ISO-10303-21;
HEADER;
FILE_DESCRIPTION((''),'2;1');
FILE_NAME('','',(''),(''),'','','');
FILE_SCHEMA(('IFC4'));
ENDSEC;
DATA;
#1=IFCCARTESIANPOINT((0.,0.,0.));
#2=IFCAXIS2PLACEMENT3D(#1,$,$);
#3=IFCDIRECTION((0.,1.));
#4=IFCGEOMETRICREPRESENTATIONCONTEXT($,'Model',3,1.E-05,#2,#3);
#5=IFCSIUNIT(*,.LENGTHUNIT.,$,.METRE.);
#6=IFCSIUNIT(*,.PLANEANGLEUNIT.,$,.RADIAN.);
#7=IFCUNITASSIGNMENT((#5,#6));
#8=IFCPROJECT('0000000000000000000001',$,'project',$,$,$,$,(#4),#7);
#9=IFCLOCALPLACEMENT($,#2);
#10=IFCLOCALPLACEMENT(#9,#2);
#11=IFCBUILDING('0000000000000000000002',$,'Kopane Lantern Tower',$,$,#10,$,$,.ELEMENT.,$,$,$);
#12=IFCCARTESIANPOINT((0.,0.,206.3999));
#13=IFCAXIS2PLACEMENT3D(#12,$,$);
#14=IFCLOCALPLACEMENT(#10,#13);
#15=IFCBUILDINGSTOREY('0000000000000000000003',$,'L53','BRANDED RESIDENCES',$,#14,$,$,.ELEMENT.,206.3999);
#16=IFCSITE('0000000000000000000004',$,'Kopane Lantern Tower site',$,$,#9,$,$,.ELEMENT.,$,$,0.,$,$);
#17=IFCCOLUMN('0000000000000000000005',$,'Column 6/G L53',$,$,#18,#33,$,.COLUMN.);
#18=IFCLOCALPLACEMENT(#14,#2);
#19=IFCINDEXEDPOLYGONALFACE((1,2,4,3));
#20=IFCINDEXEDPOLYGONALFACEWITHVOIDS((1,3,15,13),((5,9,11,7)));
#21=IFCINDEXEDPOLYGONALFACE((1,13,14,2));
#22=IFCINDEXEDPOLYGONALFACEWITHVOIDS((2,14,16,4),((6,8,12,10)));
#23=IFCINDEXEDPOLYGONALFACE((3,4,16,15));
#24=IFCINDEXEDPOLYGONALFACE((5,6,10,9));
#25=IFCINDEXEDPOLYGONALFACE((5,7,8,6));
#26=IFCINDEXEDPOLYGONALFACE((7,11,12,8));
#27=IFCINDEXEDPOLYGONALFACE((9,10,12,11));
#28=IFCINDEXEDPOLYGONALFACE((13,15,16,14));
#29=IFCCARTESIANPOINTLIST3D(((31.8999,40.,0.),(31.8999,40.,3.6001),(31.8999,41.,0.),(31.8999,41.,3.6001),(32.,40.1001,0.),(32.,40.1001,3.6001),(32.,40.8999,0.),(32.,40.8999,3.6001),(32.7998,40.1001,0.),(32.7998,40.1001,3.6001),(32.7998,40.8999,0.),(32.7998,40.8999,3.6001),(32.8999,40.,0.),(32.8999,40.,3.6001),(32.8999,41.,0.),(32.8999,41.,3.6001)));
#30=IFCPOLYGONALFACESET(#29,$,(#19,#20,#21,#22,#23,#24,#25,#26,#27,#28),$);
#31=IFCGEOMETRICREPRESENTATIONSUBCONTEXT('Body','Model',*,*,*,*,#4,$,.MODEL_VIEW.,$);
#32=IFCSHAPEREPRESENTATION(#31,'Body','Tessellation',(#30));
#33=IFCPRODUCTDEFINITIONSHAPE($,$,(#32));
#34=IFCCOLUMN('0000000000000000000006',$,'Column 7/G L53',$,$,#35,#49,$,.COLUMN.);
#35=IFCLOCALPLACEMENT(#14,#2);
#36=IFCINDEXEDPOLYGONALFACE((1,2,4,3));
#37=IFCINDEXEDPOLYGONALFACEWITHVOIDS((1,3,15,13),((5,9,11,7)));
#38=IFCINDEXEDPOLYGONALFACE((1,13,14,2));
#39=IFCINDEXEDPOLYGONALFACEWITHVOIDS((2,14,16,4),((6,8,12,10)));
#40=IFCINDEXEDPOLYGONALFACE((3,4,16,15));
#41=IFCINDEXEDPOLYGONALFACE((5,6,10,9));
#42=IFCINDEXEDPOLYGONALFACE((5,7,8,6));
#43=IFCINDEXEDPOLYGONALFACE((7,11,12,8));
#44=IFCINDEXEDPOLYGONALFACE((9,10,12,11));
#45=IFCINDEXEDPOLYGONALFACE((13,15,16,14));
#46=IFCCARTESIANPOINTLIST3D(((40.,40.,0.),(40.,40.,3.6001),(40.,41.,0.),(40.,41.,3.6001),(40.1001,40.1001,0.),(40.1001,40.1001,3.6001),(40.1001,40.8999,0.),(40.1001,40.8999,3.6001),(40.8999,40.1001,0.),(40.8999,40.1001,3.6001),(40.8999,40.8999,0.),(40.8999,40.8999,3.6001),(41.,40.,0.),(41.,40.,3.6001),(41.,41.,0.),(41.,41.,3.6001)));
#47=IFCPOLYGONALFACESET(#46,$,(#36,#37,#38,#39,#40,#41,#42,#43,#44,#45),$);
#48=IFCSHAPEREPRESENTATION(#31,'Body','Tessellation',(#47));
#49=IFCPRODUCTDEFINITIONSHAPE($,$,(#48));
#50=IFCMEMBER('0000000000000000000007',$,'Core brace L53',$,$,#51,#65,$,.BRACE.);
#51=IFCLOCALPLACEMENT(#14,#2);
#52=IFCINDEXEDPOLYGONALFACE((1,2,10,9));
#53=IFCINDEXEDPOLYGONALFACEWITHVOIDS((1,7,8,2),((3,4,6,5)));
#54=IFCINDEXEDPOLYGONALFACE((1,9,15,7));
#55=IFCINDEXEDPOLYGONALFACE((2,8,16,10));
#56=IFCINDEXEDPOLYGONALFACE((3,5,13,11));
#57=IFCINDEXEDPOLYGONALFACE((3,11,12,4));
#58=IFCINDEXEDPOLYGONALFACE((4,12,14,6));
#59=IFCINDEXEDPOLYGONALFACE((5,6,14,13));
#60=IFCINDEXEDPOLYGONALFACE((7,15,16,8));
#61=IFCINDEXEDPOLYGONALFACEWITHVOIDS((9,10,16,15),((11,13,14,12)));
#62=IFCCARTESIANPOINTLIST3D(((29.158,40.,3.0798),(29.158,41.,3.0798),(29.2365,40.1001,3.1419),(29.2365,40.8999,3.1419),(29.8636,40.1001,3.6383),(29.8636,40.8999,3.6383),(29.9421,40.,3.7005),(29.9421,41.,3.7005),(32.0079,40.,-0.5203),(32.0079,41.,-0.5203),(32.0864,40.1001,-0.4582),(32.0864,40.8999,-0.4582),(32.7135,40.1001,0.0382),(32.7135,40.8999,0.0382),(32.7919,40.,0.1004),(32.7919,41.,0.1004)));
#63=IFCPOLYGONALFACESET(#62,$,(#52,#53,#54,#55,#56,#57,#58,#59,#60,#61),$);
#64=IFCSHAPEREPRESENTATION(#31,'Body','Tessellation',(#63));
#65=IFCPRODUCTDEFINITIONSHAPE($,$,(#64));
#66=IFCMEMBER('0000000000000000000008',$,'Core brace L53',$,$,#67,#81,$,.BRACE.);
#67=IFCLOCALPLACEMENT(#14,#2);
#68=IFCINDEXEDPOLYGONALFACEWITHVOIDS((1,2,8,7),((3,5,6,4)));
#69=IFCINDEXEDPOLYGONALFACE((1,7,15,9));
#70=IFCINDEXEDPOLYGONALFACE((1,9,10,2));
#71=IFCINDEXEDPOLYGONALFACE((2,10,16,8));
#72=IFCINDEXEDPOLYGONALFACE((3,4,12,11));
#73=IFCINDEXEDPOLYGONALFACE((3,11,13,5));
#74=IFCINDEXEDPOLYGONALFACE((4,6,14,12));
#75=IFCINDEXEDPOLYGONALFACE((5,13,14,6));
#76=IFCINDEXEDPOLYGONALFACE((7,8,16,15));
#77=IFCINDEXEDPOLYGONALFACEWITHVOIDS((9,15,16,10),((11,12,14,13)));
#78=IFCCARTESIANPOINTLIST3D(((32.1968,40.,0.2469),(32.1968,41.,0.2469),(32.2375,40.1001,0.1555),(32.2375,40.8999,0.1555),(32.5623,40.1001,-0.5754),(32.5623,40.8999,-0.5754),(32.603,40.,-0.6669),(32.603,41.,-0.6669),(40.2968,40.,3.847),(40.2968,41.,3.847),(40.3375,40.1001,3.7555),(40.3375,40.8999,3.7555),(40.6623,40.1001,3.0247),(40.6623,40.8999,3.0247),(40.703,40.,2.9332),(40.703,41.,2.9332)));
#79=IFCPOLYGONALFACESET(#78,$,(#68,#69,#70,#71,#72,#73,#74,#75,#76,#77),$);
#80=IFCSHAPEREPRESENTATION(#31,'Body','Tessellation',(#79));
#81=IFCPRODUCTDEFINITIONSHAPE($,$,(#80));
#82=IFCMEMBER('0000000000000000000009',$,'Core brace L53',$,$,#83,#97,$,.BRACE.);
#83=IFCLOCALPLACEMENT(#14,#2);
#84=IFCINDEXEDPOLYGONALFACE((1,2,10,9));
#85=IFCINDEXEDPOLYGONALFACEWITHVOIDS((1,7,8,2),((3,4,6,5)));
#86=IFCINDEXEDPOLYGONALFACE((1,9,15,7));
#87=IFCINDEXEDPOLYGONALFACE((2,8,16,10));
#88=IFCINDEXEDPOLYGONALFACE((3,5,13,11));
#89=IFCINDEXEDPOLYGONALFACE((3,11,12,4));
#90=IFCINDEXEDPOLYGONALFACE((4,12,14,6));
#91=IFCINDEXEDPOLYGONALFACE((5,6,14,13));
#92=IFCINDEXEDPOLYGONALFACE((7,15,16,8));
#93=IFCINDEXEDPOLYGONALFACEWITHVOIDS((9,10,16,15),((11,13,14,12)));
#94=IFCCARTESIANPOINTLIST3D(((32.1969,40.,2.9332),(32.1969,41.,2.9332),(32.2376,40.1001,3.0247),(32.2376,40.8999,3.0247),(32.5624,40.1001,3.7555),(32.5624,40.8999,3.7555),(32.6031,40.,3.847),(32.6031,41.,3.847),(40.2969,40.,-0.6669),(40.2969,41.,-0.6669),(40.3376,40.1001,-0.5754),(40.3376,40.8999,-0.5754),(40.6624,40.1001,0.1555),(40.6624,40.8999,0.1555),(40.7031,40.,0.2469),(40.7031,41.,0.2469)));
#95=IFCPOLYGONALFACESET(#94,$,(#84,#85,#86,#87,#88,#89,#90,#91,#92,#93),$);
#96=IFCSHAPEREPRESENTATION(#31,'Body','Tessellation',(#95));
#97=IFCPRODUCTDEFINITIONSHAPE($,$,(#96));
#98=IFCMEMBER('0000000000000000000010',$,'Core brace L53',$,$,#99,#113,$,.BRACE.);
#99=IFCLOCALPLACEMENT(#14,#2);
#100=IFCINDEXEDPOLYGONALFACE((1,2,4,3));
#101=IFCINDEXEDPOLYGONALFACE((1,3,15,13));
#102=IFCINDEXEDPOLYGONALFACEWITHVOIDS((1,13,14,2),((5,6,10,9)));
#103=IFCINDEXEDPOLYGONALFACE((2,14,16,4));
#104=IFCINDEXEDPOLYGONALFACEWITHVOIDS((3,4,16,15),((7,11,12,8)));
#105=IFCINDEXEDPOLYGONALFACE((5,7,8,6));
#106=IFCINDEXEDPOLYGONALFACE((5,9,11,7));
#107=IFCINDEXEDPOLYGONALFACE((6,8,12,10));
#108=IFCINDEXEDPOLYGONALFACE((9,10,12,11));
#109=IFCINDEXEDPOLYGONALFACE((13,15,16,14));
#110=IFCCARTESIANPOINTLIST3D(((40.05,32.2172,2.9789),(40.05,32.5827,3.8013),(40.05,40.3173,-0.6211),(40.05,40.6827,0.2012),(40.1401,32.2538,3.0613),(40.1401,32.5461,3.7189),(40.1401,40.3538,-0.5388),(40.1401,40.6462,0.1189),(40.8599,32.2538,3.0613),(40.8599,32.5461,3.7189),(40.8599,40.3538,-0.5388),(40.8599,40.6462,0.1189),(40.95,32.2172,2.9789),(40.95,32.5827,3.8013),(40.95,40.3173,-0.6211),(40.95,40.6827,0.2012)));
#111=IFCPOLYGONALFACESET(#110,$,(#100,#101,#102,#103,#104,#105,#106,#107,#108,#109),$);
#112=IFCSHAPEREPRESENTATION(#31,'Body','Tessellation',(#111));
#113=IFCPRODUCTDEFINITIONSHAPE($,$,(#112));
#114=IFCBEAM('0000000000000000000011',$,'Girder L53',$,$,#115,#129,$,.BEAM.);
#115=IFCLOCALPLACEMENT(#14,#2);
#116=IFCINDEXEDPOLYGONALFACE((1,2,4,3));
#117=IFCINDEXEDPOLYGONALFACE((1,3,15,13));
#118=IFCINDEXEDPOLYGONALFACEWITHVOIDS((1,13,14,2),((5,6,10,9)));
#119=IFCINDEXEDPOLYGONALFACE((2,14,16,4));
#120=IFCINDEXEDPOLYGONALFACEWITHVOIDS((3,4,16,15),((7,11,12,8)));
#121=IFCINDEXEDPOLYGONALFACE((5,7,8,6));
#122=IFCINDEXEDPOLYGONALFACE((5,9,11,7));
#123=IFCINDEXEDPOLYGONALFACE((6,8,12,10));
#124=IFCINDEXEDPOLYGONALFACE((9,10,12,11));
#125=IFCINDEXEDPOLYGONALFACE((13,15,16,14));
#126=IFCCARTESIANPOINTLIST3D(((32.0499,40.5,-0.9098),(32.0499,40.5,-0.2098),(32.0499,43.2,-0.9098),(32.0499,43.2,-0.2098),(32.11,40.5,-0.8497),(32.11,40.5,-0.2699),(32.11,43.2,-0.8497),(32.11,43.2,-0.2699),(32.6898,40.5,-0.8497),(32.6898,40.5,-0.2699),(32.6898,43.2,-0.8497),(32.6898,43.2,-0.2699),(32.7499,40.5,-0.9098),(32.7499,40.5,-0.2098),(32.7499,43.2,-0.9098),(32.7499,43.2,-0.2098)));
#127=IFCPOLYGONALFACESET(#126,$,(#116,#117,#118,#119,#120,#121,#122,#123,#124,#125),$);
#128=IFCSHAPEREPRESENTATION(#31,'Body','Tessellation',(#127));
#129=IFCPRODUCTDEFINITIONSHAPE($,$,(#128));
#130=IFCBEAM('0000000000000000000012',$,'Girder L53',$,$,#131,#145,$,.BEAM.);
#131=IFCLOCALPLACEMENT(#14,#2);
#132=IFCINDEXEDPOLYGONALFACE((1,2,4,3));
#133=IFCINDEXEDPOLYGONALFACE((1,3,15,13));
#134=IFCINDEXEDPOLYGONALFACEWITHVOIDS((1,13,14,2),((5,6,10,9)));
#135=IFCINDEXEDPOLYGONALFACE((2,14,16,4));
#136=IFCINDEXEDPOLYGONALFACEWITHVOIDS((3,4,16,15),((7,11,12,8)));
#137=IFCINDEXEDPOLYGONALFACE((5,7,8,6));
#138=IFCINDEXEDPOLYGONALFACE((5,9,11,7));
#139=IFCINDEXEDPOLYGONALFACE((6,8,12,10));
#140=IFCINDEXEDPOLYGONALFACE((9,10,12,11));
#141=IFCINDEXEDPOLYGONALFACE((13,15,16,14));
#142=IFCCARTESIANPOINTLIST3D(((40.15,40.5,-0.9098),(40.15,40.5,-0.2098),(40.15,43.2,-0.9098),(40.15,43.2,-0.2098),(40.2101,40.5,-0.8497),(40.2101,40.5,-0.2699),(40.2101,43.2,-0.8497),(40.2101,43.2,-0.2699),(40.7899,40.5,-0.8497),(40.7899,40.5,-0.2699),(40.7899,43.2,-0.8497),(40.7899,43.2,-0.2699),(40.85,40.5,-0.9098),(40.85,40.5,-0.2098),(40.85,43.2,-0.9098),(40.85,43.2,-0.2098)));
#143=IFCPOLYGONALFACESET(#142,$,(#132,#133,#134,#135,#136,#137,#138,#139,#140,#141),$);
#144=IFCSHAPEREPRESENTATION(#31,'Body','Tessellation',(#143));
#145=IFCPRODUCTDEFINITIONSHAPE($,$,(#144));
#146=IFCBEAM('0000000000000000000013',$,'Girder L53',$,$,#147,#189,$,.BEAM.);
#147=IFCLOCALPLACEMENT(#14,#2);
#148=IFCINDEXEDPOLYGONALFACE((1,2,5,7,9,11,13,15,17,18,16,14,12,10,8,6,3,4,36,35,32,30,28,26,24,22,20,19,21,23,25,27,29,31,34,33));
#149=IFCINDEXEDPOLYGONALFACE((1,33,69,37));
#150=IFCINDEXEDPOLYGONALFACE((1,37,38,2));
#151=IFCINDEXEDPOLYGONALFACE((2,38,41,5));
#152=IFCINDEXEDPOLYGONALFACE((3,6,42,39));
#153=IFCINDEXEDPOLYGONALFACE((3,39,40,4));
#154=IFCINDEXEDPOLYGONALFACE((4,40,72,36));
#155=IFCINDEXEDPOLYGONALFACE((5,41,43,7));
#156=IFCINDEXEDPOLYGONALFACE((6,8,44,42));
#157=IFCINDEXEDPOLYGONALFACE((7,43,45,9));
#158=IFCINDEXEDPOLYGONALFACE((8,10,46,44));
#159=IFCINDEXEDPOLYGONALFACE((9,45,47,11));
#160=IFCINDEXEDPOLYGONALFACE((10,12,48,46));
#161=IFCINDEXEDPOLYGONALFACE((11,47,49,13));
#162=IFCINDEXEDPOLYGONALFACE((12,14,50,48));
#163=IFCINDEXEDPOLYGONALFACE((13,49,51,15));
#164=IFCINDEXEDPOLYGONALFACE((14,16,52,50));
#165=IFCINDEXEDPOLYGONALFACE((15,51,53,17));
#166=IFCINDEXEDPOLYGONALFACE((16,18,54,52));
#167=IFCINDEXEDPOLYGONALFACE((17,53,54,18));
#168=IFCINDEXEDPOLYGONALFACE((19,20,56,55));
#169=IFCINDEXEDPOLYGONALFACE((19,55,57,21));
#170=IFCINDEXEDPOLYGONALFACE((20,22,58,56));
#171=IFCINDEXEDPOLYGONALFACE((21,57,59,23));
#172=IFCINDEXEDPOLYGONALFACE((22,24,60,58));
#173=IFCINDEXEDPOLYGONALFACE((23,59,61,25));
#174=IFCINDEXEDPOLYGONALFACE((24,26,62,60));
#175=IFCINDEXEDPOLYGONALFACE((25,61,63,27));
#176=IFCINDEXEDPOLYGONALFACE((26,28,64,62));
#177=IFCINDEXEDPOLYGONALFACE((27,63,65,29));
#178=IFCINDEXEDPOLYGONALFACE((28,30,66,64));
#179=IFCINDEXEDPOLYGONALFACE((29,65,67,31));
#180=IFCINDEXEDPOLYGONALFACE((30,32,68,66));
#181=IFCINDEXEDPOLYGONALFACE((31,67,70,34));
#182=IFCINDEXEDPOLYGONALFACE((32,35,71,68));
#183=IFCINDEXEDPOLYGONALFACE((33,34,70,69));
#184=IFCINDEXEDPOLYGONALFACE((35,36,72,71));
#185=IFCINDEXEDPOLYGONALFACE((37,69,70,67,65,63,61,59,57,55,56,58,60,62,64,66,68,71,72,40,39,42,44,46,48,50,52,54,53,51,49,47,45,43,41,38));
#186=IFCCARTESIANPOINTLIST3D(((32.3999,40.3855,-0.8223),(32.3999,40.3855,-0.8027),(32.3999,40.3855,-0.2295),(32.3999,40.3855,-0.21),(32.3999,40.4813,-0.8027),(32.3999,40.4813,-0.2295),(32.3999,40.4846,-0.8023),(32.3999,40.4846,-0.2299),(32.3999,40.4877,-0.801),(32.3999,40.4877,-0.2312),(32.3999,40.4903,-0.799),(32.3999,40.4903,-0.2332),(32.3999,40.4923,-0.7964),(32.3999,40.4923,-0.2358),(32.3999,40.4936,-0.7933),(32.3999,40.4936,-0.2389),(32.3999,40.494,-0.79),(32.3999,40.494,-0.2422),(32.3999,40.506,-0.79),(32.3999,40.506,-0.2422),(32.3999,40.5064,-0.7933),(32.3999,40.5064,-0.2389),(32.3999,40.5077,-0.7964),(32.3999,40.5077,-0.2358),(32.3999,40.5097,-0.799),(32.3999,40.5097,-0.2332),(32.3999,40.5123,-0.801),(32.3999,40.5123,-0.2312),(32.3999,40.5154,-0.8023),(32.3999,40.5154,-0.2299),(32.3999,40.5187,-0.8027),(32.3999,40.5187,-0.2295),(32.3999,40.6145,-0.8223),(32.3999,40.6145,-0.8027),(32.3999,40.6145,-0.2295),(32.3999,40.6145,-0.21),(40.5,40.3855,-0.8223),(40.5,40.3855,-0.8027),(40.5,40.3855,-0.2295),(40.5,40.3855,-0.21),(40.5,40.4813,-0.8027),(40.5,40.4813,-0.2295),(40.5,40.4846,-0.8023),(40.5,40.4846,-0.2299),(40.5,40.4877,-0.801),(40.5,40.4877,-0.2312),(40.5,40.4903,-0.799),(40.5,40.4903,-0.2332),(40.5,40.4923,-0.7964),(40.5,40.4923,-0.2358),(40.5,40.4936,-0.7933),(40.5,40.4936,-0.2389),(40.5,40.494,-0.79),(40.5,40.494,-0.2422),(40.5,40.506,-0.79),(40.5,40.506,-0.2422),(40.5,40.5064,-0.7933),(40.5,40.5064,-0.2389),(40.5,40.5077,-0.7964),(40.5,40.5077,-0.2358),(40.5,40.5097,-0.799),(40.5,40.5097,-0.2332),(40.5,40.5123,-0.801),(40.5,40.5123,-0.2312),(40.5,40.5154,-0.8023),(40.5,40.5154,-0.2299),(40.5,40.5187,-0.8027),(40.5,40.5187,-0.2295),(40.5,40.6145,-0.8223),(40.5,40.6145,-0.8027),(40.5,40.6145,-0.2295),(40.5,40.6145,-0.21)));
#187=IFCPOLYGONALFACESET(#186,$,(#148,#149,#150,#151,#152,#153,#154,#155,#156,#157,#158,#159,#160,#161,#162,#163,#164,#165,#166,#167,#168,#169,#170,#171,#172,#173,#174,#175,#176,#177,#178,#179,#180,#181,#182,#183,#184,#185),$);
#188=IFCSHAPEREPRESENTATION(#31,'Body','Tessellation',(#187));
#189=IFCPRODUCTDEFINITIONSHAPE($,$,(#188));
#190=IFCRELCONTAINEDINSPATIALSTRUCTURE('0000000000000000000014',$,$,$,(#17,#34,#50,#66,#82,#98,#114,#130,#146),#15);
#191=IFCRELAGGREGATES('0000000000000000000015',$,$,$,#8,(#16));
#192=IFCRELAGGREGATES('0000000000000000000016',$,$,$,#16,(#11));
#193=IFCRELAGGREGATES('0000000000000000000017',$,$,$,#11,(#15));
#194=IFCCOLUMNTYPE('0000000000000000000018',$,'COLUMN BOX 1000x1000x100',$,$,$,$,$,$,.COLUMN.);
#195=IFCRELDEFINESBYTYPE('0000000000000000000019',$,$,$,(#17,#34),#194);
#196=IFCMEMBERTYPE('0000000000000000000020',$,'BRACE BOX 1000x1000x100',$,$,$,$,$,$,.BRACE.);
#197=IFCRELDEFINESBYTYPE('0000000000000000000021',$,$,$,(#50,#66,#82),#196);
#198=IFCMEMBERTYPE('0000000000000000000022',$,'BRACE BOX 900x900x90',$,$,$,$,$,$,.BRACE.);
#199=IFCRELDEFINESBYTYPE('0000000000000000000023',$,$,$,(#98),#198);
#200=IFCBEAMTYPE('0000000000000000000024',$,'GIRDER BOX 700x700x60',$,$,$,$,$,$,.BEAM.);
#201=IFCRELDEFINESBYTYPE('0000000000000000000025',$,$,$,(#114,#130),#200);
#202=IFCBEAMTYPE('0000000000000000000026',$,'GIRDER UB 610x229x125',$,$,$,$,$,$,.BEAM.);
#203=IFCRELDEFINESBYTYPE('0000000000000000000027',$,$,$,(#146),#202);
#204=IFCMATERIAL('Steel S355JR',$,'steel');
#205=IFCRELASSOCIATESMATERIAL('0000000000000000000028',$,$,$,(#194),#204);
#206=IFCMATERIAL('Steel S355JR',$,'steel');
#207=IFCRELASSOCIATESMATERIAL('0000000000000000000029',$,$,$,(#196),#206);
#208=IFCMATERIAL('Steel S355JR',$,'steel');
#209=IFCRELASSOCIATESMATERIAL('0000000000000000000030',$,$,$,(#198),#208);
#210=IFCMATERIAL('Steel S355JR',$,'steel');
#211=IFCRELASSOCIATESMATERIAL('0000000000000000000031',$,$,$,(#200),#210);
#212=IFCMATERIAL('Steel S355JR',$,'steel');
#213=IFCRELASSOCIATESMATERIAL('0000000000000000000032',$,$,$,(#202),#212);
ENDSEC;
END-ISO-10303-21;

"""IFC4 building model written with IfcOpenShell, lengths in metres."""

from ifc_helpers import new_model, si_unit, direction, frame, origin, origin_2d, place, context, subcontext, project, spatial, hollow_rectangle, i_section, extrude, material, material_profile, profile_set, type_object, element, save


model = new_model("IFC4")

# Units and contexts
model_context = context("Model", 3, precision=1e-05, world=origin(), true_north=direction((0.0, 1.0)))
body_context = subcontext(model_context, "Body", "Model", "MODEL_VIEW")
ifc_project = project(units=[si_unit("LENGTHUNIT", "METRE"), si_unit("PLANEANGLEUNIT", "RADIAN")], contexts=[model_context])

# Site, building, storey
site_placement = place(None, origin())
site = spatial("IfcSite", under=ifc_project, at=site_placement, Name="Kopane Lantern Tower site", CompositionType="ELEMENT", RefElevation=0.0)
building_placement = place(site_placement, origin())
building = spatial("IfcBuilding", under=site, at=building_placement, Name="Kopane Lantern Tower", CompositionType="ELEMENT")
storey_placement = place(building_placement, frame((0.0, 0.0, 206.3999)))
storey = spatial("IfcBuildingStorey", under=building, at=storey_placement, Name="L53", Description="BRANDED RESIDENCES", CompositionType="ELEMENT", Elevation=206.3999)

# Columns
ifc_material_1 = material(Name="Steel S355JR", Category="steel")
ifc_material_profile_1 = material_profile(ifc_material_1, hollow_rectangle(XDim=1.0, YDim=1.0, WallThickness=0.1001, at=origin_2d()), Name="BOX 1000x1000x100")
ifc_profile_set_1 = profile_set([ifc_material_profile_1], Name="Steel S355JR")
column_type = type_object("IfcColumnType", Name="COLUMN BOX 1000x1000x100", PredefinedType="COLUMN", material=ifc_profile_set_1)
for number, where, z_axis, x_axis, name in (
    (1, (32.3999, 40.5, 0.0), (0.0, 0.0, 1.0), (1.0, 0.0, 0.0), "Column 6/G L53"),
    (2, (40.5, 40.5, 0.0), (0.0, 0.0, 1.0), (1.0, 0.0, 0.0), "Column 7/G L53"),
):
    element("IfcColumn", number, at=place(storey_placement, frame(where, z_axis=z_axis, x_axis=x_axis)), inside=storey, type_object=column_type, Name=name, PredefinedType="COLUMN", context=body_context, shape_type="SweptSolid", body=[
        extrude(hollow_rectangle(XDim=1.0, YDim=1.0, WallThickness=0.1001, at=origin_2d()), origin(), (0.0, 0.0, 1.0), 3.6001),
    ])

# Members
ifc_material_2 = material(Name="Steel S355JR", Category="steel")
ifc_material_profile_2 = material_profile(ifc_material_2, hollow_rectangle(XDim=1.0, YDim=1.0, WallThickness=0.1001, at=origin_2d()), Name="BOX 1000x1000x100")
ifc_profile_set_2 = profile_set([ifc_material_profile_2], Name="Steel S355JR")
member_type_1 = type_object("IfcMemberType", Name="BRACE BOX 1000x1000x100", PredefinedType="BRACE", material=ifc_profile_set_2)
member_1_placement = place(storey_placement, frame((32.3999, 40.5, -0.21), z_axis=(-0.620673, 0.0, 0.78407), x_axis=(0.0, -1.0, 0.0)))
element("IfcMember", 3, at=member_1_placement, inside=storey, type_object=member_type_1, Name="Core brace L53", PredefinedType="BRACE", context=body_context, shape_type="SweptSolid", body=[
    extrude(hollow_rectangle(XDim=1.0, YDim=1.0, WallThickness=0.1001, at=origin_2d()), origin(), (0.0, 0.0, 1.0), 4.5916),
])
for number, where, z_axis, x_axis, name in (
    (4, (32.3999, 40.5, -0.21), (0.913809, 0.0, 0.406144), (0.0, 1.0, 0.0), "Core brace L53"),
    (5, (40.5, 40.5, -0.21), (-0.913809, 0.0, 0.406144), (0.0, -1.0, 0.0), "Core brace L53"),
):
    element("IfcMember", number, at=place(storey_placement, frame(where, z_axis=z_axis, x_axis=x_axis)), inside=storey, type_object=member_type_1, Name=name, PredefinedType="BRACE", context=body_context, shape_type="SweptSolid", body=[
        extrude(hollow_rectangle(XDim=1.0, YDim=1.0, WallThickness=0.1001, at=origin_2d()), origin(), (0.0, 0.0, 1.0), 8.864),
    ])
ifc_material_3 = material(Name="Steel S355JR", Category="steel")
ifc_material_profile_3 = material_profile(ifc_material_3, hollow_rectangle(XDim=0.8999, YDim=0.8999, WallThickness=0.0901, at=origin_2d()), Name="BOX 900x900x90")
ifc_profile_set_3 = profile_set([ifc_material_profile_3], Name="Steel S355JR")
member_type_2 = type_object("IfcMemberType", Name="BRACE BOX 900x900x90", PredefinedType="BRACE", material=ifc_profile_set_3)
member_2_placement = place(storey_placement, frame((40.5, 40.5, -0.21), z_axis=(0.0, -0.913809, 0.406144), x_axis=(1.0, 0.0, 0.0)))
element("IfcMember", 6, at=member_2_placement, inside=storey, type_object=member_type_2, Name="Core brace L53", PredefinedType="BRACE", context=body_context, shape_type="SweptSolid", body=[
    extrude(hollow_rectangle(XDim=0.8999, YDim=0.8999, WallThickness=0.0901, at=origin_2d()), origin(), (0.0, 0.0, 1.0), 8.864),
])

# Beams
ifc_material_4 = material(Name="Steel S355JR", Category="steel")
ifc_material_profile_4 = material_profile(ifc_material_4, hollow_rectangle(XDim=0.7, YDim=0.7, WallThickness=0.0601, at=origin_2d()), Name="BOX 700x700x60")
ifc_profile_set_4 = profile_set([ifc_material_profile_4], Name="Steel S355JR")
beam_type_1 = type_object("IfcBeamType", Name="GIRDER BOX 700x700x60", PredefinedType="BEAM", material=ifc_profile_set_4)
for number, where, z_axis, x_axis, name in (
    (7, (32.3999, 40.5, -0.5598), (0.0, 1.0, 0.0), (-1.0, 0.0, 0.0), "Girder L53"),
    (8, (40.5, 40.5, -0.5598), (0.0, 1.0, 0.0), (-1.0, 0.0, 0.0), "Girder L53"),
):
    element("IfcBeam", number, at=place(storey_placement, frame(where, z_axis=z_axis, x_axis=x_axis)), inside=storey, type_object=beam_type_1, Name=name, PredefinedType="BEAM", context=body_context, shape_type="SweptSolid", body=[
        extrude(hollow_rectangle(XDim=0.7, YDim=0.7, WallThickness=0.0601, at=origin_2d()), origin(), (0.0, 0.0, 1.0), 2.7),
    ])
ifc_material_5 = material(Name="Steel S355JR", Category="steel")
ifc_material_profile_5 = material_profile(ifc_material_5, i_section(OverallWidth=0.229, OverallDepth=0.6123, WebThickness=0.012, FlangeThickness=0.0195, FilletRadius=0.0127, at=origin_2d()), Name="UB 610x229x125")
ifc_profile_set_5 = profile_set([ifc_material_profile_5], Name="Steel S355JR")
beam_type_2 = type_object("IfcBeamType", Name="GIRDER UB 610x229x125", PredefinedType="BEAM", material=ifc_profile_set_5)
for number, where, z_axis, x_axis, name in (
    (9, (32.3999, 40.5, -0.5161), (1.0, 0.0, 0.0), (0.0, 1.0, 0.0), "Girder L53"),
):
    element("IfcBeam", number, at=place(storey_placement, frame(where, z_axis=z_axis, x_axis=x_axis)), inside=storey, type_object=beam_type_2, Name=name, PredefinedType="BEAM", context=body_context, shape_type="SweptSolid", body=[
        extrude(i_section(OverallWidth=0.229, OverallDepth=0.6123, WebThickness=0.012, FlangeThickness=0.0195, FilletRadius=0.0127, at=origin_2d()), origin(), (0.0, 0.0, 1.0), 8.1001),
    ])

save(model, "model.ifc")
